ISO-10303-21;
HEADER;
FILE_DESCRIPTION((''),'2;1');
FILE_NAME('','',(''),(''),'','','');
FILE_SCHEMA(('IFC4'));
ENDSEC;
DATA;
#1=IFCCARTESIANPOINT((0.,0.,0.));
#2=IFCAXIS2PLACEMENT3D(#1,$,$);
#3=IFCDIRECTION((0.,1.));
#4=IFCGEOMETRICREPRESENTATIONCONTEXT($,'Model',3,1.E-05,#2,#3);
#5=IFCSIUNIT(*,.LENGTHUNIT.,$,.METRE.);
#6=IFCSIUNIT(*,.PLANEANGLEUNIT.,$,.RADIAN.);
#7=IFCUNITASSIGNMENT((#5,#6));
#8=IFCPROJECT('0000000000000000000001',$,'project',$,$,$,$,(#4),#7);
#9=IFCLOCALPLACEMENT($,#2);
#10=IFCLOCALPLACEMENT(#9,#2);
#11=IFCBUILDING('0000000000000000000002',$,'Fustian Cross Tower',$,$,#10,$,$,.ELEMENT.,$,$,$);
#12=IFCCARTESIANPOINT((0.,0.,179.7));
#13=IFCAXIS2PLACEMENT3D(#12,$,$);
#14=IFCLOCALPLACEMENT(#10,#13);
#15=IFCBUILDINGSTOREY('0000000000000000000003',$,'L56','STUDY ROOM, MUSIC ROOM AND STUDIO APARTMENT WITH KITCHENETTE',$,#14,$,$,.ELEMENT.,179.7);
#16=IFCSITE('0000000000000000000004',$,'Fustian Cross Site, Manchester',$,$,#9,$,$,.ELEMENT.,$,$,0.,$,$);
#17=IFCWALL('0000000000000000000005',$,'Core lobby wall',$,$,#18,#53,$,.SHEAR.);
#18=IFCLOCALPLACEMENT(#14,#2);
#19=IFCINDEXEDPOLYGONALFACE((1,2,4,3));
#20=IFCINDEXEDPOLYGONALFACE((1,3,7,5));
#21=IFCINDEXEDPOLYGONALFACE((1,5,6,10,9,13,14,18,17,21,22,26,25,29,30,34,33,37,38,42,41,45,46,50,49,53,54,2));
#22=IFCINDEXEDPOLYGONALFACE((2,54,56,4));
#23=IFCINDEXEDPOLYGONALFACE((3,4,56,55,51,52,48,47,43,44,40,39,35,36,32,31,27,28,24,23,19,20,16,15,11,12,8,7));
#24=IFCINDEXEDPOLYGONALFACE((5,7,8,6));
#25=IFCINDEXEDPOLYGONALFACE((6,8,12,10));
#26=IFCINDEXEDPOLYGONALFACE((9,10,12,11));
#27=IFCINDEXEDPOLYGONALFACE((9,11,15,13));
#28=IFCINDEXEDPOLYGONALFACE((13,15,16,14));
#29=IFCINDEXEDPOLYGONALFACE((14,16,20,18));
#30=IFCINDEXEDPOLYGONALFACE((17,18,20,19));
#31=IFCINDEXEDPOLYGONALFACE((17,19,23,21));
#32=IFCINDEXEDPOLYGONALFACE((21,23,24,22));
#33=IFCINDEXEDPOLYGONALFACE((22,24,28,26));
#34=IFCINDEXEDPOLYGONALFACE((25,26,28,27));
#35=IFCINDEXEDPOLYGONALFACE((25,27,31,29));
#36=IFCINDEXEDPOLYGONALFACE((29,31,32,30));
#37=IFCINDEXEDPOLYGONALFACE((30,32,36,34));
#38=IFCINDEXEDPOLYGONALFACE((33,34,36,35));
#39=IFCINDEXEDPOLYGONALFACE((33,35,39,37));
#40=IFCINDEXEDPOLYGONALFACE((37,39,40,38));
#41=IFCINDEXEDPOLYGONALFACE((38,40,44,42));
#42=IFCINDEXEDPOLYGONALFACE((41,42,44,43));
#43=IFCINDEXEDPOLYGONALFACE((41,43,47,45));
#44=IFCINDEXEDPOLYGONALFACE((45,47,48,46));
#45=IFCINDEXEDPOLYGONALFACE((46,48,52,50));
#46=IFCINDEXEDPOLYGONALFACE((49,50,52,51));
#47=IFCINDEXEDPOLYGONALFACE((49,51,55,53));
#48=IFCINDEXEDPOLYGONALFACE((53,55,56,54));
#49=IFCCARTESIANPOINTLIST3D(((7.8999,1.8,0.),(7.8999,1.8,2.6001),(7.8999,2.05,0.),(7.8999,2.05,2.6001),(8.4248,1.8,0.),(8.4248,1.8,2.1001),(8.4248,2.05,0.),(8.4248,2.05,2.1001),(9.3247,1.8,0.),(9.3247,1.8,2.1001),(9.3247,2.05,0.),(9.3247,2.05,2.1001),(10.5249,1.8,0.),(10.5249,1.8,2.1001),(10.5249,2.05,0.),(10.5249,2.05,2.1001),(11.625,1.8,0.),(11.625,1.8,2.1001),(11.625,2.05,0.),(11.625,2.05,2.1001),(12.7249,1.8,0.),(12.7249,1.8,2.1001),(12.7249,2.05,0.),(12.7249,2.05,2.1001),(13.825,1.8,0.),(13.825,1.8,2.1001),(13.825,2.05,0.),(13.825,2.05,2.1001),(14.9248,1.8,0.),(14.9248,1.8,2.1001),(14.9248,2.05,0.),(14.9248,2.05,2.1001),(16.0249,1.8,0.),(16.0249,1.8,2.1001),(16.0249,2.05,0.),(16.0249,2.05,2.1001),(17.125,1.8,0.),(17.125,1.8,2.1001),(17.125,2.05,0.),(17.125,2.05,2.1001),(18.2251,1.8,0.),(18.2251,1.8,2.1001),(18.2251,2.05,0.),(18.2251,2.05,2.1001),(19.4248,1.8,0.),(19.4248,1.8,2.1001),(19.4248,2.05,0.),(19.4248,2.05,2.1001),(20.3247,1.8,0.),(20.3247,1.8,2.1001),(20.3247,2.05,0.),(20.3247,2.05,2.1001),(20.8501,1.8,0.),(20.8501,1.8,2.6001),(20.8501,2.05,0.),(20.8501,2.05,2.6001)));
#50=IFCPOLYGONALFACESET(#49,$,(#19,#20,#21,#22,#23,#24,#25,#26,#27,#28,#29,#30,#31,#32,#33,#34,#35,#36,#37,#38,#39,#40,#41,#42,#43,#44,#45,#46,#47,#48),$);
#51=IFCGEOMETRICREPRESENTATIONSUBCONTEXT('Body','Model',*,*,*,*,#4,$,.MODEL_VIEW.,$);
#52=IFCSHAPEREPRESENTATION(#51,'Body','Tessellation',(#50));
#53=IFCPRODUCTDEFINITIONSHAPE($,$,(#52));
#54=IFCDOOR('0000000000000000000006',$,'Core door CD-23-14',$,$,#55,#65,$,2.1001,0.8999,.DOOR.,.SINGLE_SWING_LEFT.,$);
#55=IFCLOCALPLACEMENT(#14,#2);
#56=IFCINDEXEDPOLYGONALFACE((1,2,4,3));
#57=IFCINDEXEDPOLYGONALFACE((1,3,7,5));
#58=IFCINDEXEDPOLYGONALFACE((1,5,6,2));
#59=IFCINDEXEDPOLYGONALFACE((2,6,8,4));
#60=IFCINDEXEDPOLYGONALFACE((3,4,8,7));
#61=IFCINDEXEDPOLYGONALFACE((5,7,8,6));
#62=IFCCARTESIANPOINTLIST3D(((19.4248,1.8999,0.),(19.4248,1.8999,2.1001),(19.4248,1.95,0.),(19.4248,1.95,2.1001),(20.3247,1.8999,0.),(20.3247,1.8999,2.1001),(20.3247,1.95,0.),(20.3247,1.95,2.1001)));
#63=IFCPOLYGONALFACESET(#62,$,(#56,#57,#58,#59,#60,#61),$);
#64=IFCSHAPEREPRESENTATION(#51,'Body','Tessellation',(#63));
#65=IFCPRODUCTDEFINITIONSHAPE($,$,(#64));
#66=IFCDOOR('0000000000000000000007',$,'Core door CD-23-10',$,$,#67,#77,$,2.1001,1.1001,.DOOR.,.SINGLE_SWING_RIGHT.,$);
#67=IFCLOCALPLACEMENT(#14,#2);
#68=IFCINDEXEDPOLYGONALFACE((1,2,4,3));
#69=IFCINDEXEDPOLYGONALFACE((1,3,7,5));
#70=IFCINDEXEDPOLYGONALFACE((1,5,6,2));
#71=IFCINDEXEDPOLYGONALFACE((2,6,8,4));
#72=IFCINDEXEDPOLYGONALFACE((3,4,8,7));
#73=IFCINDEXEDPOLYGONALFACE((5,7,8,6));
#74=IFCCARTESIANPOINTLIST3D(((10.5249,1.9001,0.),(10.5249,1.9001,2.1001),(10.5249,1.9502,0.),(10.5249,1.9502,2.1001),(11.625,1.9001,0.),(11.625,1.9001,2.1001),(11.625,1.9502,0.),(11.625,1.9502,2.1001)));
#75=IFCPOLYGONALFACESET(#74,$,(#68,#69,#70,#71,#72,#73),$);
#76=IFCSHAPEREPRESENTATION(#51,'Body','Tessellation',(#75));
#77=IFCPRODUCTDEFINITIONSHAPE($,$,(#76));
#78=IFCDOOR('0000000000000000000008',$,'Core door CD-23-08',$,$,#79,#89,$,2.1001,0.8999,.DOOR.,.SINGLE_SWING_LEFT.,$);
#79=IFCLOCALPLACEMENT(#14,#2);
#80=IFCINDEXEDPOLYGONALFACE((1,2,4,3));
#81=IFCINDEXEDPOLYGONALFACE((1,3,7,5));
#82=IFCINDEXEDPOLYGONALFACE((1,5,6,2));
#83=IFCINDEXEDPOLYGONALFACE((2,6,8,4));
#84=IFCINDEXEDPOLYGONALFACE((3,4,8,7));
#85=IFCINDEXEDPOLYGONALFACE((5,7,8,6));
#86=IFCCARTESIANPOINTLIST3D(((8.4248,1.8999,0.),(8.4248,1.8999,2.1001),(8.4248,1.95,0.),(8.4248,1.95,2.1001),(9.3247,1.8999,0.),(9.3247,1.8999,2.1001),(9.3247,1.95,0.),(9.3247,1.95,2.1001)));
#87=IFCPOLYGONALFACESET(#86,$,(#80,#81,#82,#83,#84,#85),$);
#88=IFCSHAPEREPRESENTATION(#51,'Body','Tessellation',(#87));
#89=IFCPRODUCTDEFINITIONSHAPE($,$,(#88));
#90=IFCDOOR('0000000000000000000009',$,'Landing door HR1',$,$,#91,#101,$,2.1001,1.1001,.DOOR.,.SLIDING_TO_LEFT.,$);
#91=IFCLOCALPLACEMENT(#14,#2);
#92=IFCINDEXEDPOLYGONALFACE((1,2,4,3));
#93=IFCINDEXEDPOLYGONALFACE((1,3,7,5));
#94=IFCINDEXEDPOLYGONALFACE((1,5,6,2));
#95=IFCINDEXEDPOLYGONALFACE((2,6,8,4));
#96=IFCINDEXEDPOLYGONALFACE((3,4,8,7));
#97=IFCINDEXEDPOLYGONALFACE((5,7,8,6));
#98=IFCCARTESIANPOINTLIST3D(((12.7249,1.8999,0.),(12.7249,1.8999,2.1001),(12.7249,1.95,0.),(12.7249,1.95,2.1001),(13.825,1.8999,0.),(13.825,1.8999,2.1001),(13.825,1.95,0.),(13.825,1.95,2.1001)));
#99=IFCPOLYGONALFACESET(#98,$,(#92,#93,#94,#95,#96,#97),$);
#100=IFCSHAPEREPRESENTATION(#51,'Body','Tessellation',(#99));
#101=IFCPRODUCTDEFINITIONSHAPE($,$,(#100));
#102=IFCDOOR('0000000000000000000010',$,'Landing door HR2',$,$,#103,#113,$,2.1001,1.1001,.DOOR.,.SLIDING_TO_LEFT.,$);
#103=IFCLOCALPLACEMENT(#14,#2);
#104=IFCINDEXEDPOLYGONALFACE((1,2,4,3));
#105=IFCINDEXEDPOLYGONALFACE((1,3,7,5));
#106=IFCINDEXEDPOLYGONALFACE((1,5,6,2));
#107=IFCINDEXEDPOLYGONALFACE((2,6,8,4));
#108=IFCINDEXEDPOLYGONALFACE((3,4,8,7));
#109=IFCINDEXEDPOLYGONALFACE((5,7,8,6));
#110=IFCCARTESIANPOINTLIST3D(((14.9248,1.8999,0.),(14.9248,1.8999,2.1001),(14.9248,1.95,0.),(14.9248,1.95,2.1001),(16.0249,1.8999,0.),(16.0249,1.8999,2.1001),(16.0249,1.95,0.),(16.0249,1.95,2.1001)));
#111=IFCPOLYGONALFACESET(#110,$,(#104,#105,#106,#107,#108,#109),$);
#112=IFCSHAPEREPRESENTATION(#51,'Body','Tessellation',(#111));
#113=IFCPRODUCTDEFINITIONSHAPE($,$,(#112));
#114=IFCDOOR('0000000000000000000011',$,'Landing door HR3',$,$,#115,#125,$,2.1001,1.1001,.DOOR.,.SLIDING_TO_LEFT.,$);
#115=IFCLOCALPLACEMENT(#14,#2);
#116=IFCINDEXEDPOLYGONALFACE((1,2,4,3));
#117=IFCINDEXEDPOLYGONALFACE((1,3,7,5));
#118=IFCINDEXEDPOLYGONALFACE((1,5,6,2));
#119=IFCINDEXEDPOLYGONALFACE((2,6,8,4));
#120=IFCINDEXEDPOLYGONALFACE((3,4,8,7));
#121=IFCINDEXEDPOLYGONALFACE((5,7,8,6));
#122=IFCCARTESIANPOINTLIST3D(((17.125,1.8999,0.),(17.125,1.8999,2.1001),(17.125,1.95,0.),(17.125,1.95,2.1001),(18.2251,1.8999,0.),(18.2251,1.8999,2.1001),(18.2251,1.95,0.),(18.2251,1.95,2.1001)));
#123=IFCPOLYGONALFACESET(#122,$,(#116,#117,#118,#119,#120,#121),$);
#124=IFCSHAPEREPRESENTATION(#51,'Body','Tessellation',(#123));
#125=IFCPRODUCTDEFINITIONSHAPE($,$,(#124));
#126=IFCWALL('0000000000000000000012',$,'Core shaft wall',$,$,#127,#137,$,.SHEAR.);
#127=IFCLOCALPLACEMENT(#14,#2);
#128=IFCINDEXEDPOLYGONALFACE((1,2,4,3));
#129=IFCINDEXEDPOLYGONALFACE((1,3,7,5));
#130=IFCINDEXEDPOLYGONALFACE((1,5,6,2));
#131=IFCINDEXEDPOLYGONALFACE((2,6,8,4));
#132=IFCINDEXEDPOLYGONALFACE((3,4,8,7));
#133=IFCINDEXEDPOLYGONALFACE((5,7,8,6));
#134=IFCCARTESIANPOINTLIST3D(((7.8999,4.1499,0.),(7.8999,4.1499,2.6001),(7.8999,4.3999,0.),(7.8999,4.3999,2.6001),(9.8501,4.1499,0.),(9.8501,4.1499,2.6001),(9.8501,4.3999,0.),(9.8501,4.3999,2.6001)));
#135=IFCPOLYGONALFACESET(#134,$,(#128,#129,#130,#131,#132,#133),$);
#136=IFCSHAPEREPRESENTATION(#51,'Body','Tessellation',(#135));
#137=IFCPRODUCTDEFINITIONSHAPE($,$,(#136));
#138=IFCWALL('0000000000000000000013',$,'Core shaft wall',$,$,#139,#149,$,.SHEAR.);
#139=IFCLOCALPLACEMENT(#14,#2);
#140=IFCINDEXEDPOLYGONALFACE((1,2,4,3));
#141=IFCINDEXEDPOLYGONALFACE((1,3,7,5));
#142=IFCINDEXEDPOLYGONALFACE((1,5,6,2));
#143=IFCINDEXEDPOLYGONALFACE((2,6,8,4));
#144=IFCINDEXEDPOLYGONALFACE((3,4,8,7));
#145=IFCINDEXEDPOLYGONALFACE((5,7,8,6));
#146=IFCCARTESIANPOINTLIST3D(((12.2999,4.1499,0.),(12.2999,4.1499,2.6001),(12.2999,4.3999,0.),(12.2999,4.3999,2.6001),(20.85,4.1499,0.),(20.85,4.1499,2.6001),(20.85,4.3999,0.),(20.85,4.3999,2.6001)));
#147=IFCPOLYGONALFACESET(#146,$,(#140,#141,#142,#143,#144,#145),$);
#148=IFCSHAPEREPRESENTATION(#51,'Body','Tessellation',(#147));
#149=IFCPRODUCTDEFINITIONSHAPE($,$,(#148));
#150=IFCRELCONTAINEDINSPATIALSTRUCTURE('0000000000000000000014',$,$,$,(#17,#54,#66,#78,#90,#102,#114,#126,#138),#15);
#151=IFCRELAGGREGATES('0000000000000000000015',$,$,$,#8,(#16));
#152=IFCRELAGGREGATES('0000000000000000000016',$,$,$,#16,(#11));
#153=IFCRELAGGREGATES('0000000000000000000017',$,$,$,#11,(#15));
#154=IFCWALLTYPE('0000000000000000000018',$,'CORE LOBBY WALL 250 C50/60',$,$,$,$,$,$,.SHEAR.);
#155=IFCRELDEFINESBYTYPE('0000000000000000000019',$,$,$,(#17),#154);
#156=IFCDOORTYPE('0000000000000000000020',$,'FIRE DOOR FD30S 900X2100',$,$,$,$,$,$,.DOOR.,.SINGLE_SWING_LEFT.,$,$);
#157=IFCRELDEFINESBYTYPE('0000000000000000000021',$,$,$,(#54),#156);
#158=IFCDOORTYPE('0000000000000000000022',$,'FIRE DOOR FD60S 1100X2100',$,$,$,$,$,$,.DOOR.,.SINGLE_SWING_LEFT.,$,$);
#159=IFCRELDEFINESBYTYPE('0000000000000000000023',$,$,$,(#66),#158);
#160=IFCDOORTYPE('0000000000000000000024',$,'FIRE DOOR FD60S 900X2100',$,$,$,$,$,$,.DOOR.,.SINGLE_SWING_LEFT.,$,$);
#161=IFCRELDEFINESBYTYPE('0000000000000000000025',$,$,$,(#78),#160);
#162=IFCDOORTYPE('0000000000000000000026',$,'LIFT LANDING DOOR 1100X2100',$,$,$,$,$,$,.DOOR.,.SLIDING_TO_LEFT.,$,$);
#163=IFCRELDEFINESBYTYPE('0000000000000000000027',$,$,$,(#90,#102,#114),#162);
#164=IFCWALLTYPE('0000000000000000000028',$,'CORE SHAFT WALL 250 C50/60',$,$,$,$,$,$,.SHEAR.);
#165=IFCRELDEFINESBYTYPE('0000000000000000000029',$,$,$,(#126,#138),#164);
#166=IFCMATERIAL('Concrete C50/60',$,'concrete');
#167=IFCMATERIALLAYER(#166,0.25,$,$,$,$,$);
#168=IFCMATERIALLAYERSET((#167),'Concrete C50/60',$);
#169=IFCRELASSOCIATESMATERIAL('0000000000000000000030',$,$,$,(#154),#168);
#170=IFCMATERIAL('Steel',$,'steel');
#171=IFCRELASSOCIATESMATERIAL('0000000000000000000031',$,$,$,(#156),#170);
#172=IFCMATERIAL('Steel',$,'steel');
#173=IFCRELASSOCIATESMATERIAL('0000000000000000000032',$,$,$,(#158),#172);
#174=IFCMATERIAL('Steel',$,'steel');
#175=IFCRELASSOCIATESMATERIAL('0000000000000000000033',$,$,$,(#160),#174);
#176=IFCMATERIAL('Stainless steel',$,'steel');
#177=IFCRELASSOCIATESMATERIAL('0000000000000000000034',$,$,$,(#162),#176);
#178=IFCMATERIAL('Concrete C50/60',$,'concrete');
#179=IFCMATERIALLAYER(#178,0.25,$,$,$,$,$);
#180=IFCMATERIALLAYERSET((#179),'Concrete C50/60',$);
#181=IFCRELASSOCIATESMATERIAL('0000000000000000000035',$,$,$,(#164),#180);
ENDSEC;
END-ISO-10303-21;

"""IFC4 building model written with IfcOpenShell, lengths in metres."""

from ifc_helpers import new_model, si_unit, direction, frame, frame_2d, origin, place, context, subcontext, project, spatial, rectangle, extrude, material, layer, layer_set, type_object, element, fill, save


model = new_model("IFC4")

# Units and contexts
model_context = context("Model", 3, precision=1e-05, world=origin(), true_north=direction((0.0, 1.0)))
body_context = subcontext(model_context, "Body", "Model", "MODEL_VIEW")
ifc_project = project(units=[si_unit("LENGTHUNIT", "METRE"), si_unit("PLANEANGLEUNIT", "RADIAN")], contexts=[model_context])

# Site, building, storey
site_placement = place(None, origin())
site = spatial("IfcSite", under=ifc_project, at=site_placement, Name="Fustian Cross Site, Manchester", CompositionType="ELEMENT", RefElevation=0.0)
building_placement = place(site_placement, origin())
building = spatial("IfcBuilding", under=site, at=building_placement, Name="Fustian Cross Tower", CompositionType="ELEMENT")
storey_placement = place(building_placement, frame((0.0, 0.0, 179.7)))
storey = spatial("IfcBuildingStorey", under=building, at=storey_placement, Name="L56", Description="STUDY ROOM, MUSIC ROOM AND STUDIO APARTMENT WITH KITCHENETTE", CompositionType="ELEMENT", Elevation=179.7)

# Wall, openings, doors
ifc_material_1 = material(Name="Concrete C50/60", Category="concrete")
ifc_layer_1 = layer(ifc_material_1, 0.25)
ifc_layer_set_1 = layer_set([ifc_layer_1], Name="Concrete C50/60")
wall_type_1 = type_object("IfcWallType", Name="CORE LOBBY WALL 250 C50/60", PredefinedType="SHEAR", material=ifc_layer_set_1)
wall_1_placement = place(storey_placement, frame((7.8999, 1.925, 0.0), z_axis=(0.0, 0.0, 1.0), x_axis=(1.0, 0.0, 0.0)))
wall_1 = element("IfcWall", 1, at=wall_1_placement, inside=storey, type_object=wall_type_1, Name="Core lobby wall", PredefinedType="SHEAR", context=body_context, shape_type="SweptSolid", body=[
    extrude(rectangle(XDim=12.9502, YDim=0.25, at=frame_2d((6.4751, 0.0))), origin(), (0.0, 0.0, 1.0), 2.6001),
])
opening_1_placement = place(wall_1_placement, frame((4.825, 0.0, 0.0)))
opening_1 = element("IfcOpeningElement", 2, at=opening_1_placement, cuts=wall_1, PredefinedType="OPENING", context=body_context, shape_type="SweptSolid", body=[
    extrude(rectangle(XDim=1.1001, YDim=2.1001, at=frame_2d((0.55, 1.05))), frame((0.0, 0.135, 0.0), z_axis=(0.0, -1.0, 0.0), x_axis=(1.0, 0.0, 0.0)), (0.0, 0.0, 1.0), 0.27),
])
opening_2_placement = place(wall_1_placement, frame((7.0249, 0.0, 0.0)))
opening_2 = element("IfcOpeningElement", 3, at=opening_2_placement, cuts=wall_1, PredefinedType="OPENING", context=body_context, shape_type="SweptSolid", body=[
    extrude(rectangle(XDim=1.1001, YDim=2.1001, at=frame_2d((0.55, 1.05))), frame((0.0, 0.135, 0.0), z_axis=(0.0, -1.0, 0.0), x_axis=(1.0, 0.0, 0.0)), (0.0, 0.0, 1.0), 0.27),
])
opening_3_placement = place(wall_1_placement, frame((9.2251, 0.0, 0.0)))
opening_3 = element("IfcOpeningElement", 4, at=opening_3_placement, cuts=wall_1, PredefinedType="OPENING", context=body_context, shape_type="SweptSolid", body=[
    extrude(rectangle(XDim=1.1001, YDim=2.1001, at=frame_2d((0.55, 1.05))), frame((0.0, 0.135, 0.0), z_axis=(0.0, -1.0, 0.0), x_axis=(1.0, 0.0, 0.0)), (0.0, 0.0, 1.0), 0.27),
])
opening_4_placement = place(wall_1_placement, frame((0.5249, 0.0, 0.0)))
opening_4 = element("IfcOpeningElement", 5, at=opening_4_placement, cuts=wall_1, PredefinedType="OPENING", context=body_context, shape_type="SweptSolid", body=[
    extrude(rectangle(XDim=0.8999, YDim=2.1001, at=frame_2d((0.45, 1.05))), frame((0.0, 0.135, 0.0), z_axis=(0.0, -1.0, 0.0), x_axis=(1.0, 0.0, 0.0)), (0.0, 0.0, 1.0), 0.27),
])
opening_5_placement = place(wall_1_placement, frame((2.625, 0.0, 0.0)))
opening_5 = element("IfcOpeningElement", 6, at=opening_5_placement, cuts=wall_1, PredefinedType="OPENING", context=body_context, shape_type="SweptSolid", body=[
    extrude(rectangle(XDim=1.1001, YDim=2.1001, at=frame_2d((0.55, 1.05))), frame((0.0, 0.135, 0.0), z_axis=(0.0, -1.0, 0.0), x_axis=(1.0, 0.0, 0.0)), (0.0, 0.0, 1.0), 0.27),
])
opening_6_placement = place(wall_1_placement, frame((11.5249, 0.0, 0.0)))
opening_6 = element("IfcOpeningElement", 7, at=opening_6_placement, cuts=wall_1, PredefinedType="OPENING", context=body_context, shape_type="SweptSolid", body=[
    extrude(rectangle(XDim=0.8999, YDim=2.1001, at=frame_2d((0.45, 1.05))), frame((0.0, 0.135, 0.0), z_axis=(0.0, -1.0, 0.0), x_axis=(1.0, 0.0, 0.0)), (0.0, 0.0, 1.0), 0.27),
])
ifc_material_2 = material(Name="Steel", Category="steel")
door_type_1 = type_object("IfcDoorType", Name="FIRE DOOR FD30S 900X2100", OperationType="SINGLE_SWING_LEFT", PredefinedType="DOOR", material=ifc_material_2)
door_1_placement = place(opening_6_placement, origin())
door_1 = element("IfcDoor", 8, at=door_1_placement, inside=storey, type_object=door_type_1, Name="Core door CD-23-14", OperationType="SINGLE_SWING_LEFT", OverallHeight=2.1001, OverallWidth=0.8999, PredefinedType="DOOR", context=body_context, shape_type="SweptSolid", body=[
    extrude(rectangle(XDim=0.8999, YDim=2.1001, at=frame_2d((0.45, 1.05))), frame((0.0, 0.0249, 0.0), z_axis=(0.0, -1.0, 0.0), x_axis=(1.0, 0.0, 0.0)), (0.0, 0.0, 1.0), 0.05),
])
fill(opening_6, door_1)
ifc_material_3 = material(Name="Steel", Category="steel")
door_type_2 = type_object("IfcDoorType", Name="FIRE DOOR FD60S 1100X2100", OperationType="SINGLE_SWING_LEFT", PredefinedType="DOOR", material=ifc_material_3)
door_2_placement = place(opening_5_placement, frame((1.1001, 0.0, 0.0), z_axis=(0.0, 0.0, 1.0), x_axis=(-1.0, 0.0, 0.0)))
door_2 = element("IfcDoor", 9, at=door_2_placement, inside=storey, type_object=door_type_2, Name="Core door CD-23-10", OperationType="SINGLE_SWING_RIGHT", OverallHeight=2.1001, OverallWidth=1.1001, PredefinedType="DOOR", context=body_context, shape_type="SweptSolid", body=[
    extrude(rectangle(XDim=1.1001, YDim=2.1001, at=frame_2d((0.55, 1.05))), frame((0.0, 0.0249, 0.0), z_axis=(0.0, -1.0, 0.0), x_axis=(1.0, 0.0, 0.0)), (0.0, 0.0, 1.0), 0.05),
])
fill(opening_5, door_2)
ifc_material_4 = material(Name="Steel", Category="steel")
door_type_3 = type_object("IfcDoorType", Name="FIRE DOOR FD60S 900X2100", OperationType="SINGLE_SWING_LEFT", PredefinedType="DOOR", material=ifc_material_4)
door_3_placement = place(opening_4_placement, origin())
door_3 = element("IfcDoor", 10, at=door_3_placement, inside=storey, type_object=door_type_3, Name="Core door CD-23-08", OperationType="SINGLE_SWING_LEFT", OverallHeight=2.1001, OverallWidth=0.8999, PredefinedType="DOOR", context=body_context, shape_type="SweptSolid", body=[
    extrude(rectangle(XDim=0.8999, YDim=2.1001, at=frame_2d((0.45, 1.05))), frame((0.0, 0.0249, 0.0), z_axis=(0.0, -1.0, 0.0), x_axis=(1.0, 0.0, 0.0)), (0.0, 0.0, 1.0), 0.05),
])
fill(opening_4, door_3)
ifc_material_5 = material(Name="Stainless steel", Category="steel")
door_type_4 = type_object("IfcDoorType", Name="LIFT LANDING DOOR 1100X2100", OperationType="SLIDING_TO_LEFT", PredefinedType="DOOR", material=ifc_material_5)
door_4_placement = place(opening_1_placement, origin())
door_4 = element("IfcDoor", 11, at=door_4_placement, inside=storey, type_object=door_type_4, Name="Landing door HR1", OperationType="SLIDING_TO_LEFT", OverallHeight=2.1001, OverallWidth=1.1001, PredefinedType="DOOR", context=body_context, shape_type="SweptSolid", body=[
    extrude(rectangle(XDim=1.1001, YDim=2.1001, at=frame_2d((0.55, 1.05))), frame((0.0, 0.0249, 0.0), z_axis=(0.0, -1.0, 0.0), x_axis=(1.0, 0.0, 0.0)), (0.0, 0.0, 1.0), 0.05),
])
fill(opening_1, door_4)
door_5_placement = place(opening_2_placement, origin())
door_5 = element("IfcDoor", 12, at=door_5_placement, inside=storey, type_object=door_type_4, Name="Landing door HR2", OperationType="SLIDING_TO_LEFT", OverallHeight=2.1001, OverallWidth=1.1001, PredefinedType="DOOR", context=body_context, shape_type="SweptSolid", body=[
    extrude(rectangle(XDim=1.1001, YDim=2.1001, at=frame_2d((0.55, 1.05))), frame((0.0, 0.0249, 0.0), z_axis=(0.0, -1.0, 0.0), x_axis=(1.0, 0.0, 0.0)), (0.0, 0.0, 1.0), 0.05),
])
fill(opening_2, door_5)
door_6_placement = place(opening_3_placement, origin())
door_6 = element("IfcDoor", 13, at=door_6_placement, inside=storey, type_object=door_type_4, Name="Landing door HR3", OperationType="SLIDING_TO_LEFT", OverallHeight=2.1001, OverallWidth=1.1001, PredefinedType="DOOR", context=body_context, shape_type="SweptSolid", body=[
    extrude(rectangle(XDim=1.1001, YDim=2.1001, at=frame_2d((0.55, 1.05))), frame((0.0, 0.0249, 0.0), z_axis=(0.0, -1.0, 0.0), x_axis=(1.0, 0.0, 0.0)), (0.0, 0.0, 1.0), 0.05),
])
fill(opening_3, door_6)

# Walls
ifc_material_6 = material(Name="Concrete C50/60", Category="concrete")
ifc_layer_2 = layer(ifc_material_6, 0.25)
ifc_layer_set_2 = layer_set([ifc_layer_2], Name="Concrete C50/60")
wall_type_2 = type_object("IfcWallType", Name="CORE SHAFT WALL 250 C50/60", PredefinedType="SHEAR", material=ifc_layer_set_2)
wall_2_placement = place(storey_placement, frame((7.8999, 4.2749, 0.0), z_axis=(0.0, 0.0, 1.0), x_axis=(1.0, 0.0, 0.0)))
element("IfcWall", 14, at=wall_2_placement, inside=storey, type_object=wall_type_2, Name="Core shaft wall", PredefinedType="SHEAR", context=body_context, shape_type="SweptSolid", body=[
    extrude(rectangle(XDim=1.9502, YDim=0.25, at=frame_2d((0.9751, 0.0))), origin(), (0.0, 0.0, 1.0), 2.6001),
])
wall_3_placement = place(storey_placement, frame((12.3, 4.2749, 0.0), z_axis=(0.0, 0.0, 1.0), x_axis=(1.0, 0.0, 0.0)))
element("IfcWall", 15, at=wall_3_placement, inside=storey, type_object=wall_type_2, Name="Core shaft wall", PredefinedType="SHEAR", context=body_context, shape_type="SweptSolid", body=[
    extrude(rectangle(XDim=8.55, YDim=0.25, at=frame_2d((4.2749, 0.0))), origin(), (0.0, 0.0, 1.0), 2.6001),
])

save(model, "model.ifc")
